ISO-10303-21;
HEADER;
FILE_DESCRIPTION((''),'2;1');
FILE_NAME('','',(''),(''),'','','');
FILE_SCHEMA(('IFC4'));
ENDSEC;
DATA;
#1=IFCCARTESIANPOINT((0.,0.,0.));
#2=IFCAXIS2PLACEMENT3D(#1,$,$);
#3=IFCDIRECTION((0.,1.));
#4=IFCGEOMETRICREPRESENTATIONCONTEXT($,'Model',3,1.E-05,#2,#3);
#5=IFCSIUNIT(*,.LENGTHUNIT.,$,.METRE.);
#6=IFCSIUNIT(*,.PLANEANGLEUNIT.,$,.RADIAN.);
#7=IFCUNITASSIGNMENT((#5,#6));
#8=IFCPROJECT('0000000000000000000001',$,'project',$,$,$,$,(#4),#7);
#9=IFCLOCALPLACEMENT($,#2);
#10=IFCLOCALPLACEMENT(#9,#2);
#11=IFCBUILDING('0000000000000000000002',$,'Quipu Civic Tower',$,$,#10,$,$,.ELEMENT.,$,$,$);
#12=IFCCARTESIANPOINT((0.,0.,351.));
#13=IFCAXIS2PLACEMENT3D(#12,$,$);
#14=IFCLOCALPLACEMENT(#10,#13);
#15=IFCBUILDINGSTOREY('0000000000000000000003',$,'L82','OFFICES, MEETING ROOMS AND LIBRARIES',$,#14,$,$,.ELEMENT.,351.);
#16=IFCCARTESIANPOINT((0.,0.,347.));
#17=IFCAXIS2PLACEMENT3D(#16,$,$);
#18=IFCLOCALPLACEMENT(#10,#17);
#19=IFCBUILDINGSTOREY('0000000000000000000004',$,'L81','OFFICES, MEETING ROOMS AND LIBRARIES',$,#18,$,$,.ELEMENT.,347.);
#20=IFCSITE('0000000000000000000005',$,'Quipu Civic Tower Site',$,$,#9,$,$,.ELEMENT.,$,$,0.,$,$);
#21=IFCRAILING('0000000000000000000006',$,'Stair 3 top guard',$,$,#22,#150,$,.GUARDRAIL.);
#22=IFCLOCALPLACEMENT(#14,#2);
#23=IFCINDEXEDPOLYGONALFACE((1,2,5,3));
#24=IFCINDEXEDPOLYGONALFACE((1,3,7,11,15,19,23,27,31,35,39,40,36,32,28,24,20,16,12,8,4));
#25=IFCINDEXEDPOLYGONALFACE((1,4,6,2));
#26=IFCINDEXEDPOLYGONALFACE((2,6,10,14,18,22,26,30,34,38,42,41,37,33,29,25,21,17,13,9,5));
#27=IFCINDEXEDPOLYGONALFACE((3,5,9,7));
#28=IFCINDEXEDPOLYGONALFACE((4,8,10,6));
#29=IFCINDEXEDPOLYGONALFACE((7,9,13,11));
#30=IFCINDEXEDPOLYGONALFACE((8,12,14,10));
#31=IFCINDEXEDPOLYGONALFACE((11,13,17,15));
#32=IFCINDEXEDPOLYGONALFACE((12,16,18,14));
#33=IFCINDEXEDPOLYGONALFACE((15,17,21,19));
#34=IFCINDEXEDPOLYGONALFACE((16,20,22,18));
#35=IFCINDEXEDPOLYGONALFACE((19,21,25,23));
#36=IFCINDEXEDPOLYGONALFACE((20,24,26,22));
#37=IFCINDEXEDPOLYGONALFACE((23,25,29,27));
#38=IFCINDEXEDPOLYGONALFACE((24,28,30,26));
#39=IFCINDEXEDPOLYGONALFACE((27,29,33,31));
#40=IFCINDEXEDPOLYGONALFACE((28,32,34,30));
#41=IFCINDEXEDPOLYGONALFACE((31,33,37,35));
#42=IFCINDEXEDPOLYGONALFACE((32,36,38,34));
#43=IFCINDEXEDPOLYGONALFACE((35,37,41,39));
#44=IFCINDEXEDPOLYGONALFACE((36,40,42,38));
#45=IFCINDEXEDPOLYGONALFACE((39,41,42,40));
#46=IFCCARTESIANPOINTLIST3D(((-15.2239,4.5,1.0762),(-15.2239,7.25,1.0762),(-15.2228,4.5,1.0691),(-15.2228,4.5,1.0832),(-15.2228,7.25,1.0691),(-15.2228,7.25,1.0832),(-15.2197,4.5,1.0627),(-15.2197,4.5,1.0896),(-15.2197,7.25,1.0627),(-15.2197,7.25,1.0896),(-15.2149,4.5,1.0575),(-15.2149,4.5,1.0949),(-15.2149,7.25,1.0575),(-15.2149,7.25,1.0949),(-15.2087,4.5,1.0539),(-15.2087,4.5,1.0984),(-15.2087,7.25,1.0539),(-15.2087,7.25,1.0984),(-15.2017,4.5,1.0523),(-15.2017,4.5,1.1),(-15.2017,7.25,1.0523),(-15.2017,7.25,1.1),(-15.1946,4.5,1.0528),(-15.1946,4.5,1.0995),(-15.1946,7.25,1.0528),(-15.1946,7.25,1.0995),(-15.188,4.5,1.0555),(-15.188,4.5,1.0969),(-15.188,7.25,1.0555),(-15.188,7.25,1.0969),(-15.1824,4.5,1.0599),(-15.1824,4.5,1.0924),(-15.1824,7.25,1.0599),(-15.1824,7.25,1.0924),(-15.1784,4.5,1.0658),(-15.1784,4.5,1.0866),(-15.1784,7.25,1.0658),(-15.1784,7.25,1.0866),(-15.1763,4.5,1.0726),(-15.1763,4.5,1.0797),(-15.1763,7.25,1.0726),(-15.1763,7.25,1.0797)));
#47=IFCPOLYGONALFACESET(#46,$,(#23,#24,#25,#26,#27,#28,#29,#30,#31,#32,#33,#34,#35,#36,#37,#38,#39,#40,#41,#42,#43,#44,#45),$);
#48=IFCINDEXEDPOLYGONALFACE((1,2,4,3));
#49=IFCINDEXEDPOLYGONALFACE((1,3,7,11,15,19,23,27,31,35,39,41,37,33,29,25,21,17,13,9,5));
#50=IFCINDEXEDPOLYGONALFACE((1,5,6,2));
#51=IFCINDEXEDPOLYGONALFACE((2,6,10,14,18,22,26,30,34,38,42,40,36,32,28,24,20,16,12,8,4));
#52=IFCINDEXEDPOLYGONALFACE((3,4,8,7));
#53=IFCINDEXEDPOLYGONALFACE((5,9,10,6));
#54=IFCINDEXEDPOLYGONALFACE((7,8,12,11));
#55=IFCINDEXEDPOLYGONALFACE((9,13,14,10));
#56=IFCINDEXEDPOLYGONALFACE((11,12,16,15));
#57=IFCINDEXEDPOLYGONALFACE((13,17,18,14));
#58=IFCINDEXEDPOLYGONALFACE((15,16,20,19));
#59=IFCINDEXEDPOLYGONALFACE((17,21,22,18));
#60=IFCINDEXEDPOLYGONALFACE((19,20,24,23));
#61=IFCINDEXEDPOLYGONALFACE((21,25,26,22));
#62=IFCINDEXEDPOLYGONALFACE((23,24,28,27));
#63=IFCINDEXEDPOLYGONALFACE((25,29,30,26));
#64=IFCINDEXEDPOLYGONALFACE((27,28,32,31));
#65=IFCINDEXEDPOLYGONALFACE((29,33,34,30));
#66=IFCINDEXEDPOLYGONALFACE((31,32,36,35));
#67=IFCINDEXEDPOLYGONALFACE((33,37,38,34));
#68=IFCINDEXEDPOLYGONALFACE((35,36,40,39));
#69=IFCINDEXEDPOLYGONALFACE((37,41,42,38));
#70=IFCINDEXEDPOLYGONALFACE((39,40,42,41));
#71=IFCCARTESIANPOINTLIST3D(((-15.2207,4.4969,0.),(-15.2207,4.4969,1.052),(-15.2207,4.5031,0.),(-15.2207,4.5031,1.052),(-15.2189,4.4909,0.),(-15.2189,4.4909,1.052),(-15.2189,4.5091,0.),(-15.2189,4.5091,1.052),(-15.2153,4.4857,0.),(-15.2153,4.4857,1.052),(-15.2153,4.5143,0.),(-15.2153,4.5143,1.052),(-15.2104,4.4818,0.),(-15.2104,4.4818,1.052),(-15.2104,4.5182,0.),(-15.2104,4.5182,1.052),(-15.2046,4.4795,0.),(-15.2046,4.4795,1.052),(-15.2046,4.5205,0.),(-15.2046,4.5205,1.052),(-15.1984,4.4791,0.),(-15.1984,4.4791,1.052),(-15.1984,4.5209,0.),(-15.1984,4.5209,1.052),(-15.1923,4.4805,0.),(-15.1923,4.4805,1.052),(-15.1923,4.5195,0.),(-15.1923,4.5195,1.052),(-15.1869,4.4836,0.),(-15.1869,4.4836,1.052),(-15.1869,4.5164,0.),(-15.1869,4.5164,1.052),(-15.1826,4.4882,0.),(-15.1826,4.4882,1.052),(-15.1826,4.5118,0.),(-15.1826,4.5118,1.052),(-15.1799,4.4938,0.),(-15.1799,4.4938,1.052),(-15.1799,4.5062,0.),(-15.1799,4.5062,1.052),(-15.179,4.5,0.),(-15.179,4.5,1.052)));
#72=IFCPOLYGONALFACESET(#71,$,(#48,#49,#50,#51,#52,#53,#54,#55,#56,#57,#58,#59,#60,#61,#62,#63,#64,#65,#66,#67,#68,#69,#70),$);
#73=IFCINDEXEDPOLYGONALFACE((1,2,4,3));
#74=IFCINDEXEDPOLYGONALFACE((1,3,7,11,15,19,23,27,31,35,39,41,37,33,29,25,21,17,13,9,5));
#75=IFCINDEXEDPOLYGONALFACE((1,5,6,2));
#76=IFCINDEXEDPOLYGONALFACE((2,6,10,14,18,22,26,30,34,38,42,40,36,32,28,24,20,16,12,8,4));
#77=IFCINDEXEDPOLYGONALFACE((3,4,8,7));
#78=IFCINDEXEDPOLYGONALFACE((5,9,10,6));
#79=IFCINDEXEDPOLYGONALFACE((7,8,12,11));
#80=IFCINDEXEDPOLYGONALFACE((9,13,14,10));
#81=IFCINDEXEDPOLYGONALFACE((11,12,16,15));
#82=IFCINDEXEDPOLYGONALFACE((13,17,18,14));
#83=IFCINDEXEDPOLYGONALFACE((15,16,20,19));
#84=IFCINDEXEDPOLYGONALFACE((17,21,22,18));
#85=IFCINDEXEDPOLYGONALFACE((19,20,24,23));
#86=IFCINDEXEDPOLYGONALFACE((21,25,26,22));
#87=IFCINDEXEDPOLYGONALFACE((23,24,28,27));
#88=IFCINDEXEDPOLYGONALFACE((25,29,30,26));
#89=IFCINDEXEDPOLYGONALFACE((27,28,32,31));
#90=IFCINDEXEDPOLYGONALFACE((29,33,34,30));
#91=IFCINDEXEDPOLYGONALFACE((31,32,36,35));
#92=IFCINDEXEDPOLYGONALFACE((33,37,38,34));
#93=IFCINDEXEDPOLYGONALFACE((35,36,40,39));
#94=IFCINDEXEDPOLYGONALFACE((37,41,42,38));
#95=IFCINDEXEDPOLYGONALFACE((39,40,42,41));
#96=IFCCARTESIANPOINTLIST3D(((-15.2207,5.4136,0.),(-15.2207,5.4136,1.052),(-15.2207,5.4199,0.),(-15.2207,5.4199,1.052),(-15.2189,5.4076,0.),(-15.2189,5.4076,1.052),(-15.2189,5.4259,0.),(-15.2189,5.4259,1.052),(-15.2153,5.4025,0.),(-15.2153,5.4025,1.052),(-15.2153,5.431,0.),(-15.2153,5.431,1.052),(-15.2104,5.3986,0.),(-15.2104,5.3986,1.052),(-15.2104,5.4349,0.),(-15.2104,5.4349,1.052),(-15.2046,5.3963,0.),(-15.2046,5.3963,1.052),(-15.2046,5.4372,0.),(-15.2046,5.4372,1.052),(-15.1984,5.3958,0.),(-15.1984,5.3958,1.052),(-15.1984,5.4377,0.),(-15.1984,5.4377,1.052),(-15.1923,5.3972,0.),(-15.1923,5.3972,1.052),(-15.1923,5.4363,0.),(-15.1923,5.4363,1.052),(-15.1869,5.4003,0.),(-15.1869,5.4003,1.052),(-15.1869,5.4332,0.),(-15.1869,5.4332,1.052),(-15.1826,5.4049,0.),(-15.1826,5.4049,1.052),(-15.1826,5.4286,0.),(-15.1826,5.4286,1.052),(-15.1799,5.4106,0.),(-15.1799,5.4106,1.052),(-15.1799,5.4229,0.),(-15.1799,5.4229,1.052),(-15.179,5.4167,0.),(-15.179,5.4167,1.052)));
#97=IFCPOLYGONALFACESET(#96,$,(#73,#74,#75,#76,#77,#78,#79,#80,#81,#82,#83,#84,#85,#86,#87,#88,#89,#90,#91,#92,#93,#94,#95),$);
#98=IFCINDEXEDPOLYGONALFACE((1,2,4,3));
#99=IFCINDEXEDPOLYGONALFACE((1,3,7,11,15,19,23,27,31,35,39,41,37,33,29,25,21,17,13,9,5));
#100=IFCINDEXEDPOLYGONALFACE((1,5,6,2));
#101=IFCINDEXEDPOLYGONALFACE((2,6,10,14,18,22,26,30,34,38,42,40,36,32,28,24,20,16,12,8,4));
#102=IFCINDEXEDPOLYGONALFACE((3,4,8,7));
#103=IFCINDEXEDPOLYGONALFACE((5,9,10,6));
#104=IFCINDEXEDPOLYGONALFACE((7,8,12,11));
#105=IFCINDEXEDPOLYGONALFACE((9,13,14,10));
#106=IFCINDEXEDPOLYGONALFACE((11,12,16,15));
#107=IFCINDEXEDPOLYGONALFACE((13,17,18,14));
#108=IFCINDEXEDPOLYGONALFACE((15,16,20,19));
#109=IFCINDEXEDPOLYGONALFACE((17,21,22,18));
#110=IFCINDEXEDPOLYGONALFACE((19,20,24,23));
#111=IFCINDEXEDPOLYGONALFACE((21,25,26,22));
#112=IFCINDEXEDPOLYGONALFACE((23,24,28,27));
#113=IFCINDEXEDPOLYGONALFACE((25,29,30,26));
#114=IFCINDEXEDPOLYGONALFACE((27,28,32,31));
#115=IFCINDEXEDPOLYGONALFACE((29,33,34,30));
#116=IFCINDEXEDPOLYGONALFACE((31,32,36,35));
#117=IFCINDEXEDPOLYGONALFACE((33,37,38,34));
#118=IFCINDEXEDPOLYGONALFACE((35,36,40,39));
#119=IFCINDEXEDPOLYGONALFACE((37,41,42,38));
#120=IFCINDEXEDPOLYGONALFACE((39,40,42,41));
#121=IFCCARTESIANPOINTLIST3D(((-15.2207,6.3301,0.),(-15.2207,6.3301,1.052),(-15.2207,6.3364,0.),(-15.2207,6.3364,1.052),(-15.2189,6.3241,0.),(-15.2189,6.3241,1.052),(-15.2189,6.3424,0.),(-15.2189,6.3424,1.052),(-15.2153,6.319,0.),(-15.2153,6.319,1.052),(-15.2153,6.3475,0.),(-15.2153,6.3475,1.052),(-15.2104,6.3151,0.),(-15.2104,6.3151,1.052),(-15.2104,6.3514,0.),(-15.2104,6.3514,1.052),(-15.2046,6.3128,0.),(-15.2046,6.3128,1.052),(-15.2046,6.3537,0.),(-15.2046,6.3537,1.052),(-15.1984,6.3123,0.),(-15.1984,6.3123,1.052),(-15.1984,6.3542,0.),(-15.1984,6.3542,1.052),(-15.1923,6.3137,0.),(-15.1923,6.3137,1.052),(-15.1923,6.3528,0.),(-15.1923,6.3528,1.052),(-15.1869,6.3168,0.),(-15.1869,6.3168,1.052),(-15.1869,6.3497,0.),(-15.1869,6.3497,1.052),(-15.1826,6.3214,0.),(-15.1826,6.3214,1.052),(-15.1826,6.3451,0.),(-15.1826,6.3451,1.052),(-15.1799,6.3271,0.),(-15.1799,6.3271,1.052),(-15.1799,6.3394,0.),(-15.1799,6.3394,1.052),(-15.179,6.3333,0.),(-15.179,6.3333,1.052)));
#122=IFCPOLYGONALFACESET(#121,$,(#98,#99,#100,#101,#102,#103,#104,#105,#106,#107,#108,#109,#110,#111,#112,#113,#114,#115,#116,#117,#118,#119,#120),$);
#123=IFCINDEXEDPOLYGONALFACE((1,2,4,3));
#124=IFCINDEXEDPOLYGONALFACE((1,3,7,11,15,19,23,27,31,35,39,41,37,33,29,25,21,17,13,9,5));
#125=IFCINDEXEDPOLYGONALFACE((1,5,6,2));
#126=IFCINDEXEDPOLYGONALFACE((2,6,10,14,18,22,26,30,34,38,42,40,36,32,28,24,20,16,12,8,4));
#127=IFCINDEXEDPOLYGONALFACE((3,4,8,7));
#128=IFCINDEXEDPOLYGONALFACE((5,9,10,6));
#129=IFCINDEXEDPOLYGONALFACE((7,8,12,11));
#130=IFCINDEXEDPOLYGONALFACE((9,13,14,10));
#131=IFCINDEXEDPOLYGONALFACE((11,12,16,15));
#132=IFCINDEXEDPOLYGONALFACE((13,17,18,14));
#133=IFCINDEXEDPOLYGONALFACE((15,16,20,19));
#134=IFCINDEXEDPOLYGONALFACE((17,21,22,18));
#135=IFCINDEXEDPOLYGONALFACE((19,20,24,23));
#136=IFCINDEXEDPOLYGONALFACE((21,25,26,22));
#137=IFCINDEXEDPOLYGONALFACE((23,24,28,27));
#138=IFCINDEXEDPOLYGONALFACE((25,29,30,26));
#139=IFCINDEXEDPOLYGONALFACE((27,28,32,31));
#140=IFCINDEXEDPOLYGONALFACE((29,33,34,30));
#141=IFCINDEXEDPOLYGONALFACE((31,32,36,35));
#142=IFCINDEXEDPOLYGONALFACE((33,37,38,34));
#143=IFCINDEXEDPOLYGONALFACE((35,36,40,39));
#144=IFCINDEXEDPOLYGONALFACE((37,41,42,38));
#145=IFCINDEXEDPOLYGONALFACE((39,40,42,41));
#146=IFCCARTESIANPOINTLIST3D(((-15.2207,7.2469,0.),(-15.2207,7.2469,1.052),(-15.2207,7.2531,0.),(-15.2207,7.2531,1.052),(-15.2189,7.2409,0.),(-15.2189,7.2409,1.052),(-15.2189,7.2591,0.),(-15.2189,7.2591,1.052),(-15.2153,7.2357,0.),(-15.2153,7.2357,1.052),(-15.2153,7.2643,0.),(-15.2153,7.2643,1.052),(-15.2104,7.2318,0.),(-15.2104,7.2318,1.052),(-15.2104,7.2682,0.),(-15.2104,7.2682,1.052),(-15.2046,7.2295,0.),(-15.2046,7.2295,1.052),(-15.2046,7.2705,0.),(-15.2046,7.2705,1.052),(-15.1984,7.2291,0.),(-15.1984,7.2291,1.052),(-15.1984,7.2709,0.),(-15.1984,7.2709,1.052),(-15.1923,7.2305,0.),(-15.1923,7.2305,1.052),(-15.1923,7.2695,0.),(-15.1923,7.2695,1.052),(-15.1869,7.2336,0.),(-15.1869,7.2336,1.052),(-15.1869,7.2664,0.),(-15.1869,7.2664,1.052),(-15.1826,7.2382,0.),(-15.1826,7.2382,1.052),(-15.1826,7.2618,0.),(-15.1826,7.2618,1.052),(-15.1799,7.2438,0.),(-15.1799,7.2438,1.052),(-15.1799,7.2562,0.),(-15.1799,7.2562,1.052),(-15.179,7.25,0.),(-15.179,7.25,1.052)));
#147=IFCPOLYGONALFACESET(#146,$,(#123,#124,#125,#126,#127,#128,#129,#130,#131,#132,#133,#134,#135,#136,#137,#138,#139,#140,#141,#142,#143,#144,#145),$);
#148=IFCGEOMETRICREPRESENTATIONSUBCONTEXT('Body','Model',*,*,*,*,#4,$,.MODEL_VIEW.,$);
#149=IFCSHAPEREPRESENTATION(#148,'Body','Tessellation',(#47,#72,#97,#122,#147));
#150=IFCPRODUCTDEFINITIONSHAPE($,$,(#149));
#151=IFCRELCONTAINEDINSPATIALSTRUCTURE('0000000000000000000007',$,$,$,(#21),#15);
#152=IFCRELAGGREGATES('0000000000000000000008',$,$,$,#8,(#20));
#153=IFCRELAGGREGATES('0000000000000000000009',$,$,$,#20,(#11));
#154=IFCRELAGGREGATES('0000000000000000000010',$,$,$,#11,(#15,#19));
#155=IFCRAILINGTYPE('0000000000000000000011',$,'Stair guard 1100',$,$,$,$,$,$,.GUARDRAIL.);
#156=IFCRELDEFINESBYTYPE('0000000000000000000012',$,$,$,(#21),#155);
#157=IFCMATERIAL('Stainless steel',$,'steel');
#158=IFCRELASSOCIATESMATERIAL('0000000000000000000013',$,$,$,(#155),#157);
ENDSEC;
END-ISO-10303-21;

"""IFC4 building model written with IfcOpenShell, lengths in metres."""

from ifc_helpers import new_model, si_unit, direction, frame, origin, origin_2d, place, context, subcontext, project, spatial, circle, extrude, material, type_object, element, save


model = new_model("IFC4")

# Units and contexts
model_context = context("Model", 3, precision=1e-05, world=origin(), true_north=direction((0.0, 1.0)))
body_context = subcontext(model_context, "Body", "Model", "MODEL_VIEW")
ifc_project = project(units=[si_unit("LENGTHUNIT", "METRE"), si_unit("PLANEANGLEUNIT", "RADIAN")], contexts=[model_context])

# Site, building, storey
site_placement = place(None, origin())
site = spatial("IfcSite", under=ifc_project, at=site_placement, Name="Quipu Civic Tower Site", CompositionType="ELEMENT", RefElevation=0.0)
building_placement = place(site_placement, origin())
building = spatial("IfcBuilding", under=site, at=building_placement, Name="Quipu Civic Tower", CompositionType="ELEMENT")
storey_1_placement = place(building_placement, frame((0.0, 0.0, 351.0)))
storey_1 = spatial("IfcBuildingStorey", under=building, at=storey_1_placement, Name="L82", Description="OFFICES, MEETING ROOMS AND LIBRARIES", CompositionType="ELEMENT", Elevation=351.0)

# Shared definitions
storey_2_placement = place(building_placement, frame((0.0, 0.0, 347.0)))
storey_2 = spatial("IfcBuildingStorey", under=building, at=storey_2_placement, Name="L81", Description="OFFICES, MEETING ROOMS AND LIBRARIES", CompositionType="ELEMENT", Elevation=347.0)

# Railing
ifc_material_1 = material(Name="Stainless steel", Category="steel")
railing_type = type_object("IfcRailingType", Name="Stair guard 1100", PredefinedType="GUARDRAIL", material=ifc_material_1)
railing_placement = place(storey_1_placement, frame((-15.2, 4.5, 0.0)))
element("IfcRailing", 1, at=railing_placement, inside=storey_1, type_object=railing_type, Name="Stair 3 top guard", PredefinedType="GUARDRAIL", context=body_context, shape_type="SweptSolid", body=[
    extrude(circle(Radius=0.0239, at=origin_2d()), frame((0.0, 0.0, 1.0762), z_axis=(0.0, 1.0, 0.0), x_axis=(-1.0, 0.0, 0.0)), (0.0, 0.0, 1.0), 2.75),
    extrude(circle(Radius=0.021, at=origin_2d()), origin(), (0.0, 0.0, 1.0), 1.052),
    extrude(circle(Radius=0.021, at=origin_2d()), frame((0.0, 0.9167, 0.0)), (0.0, 0.0, 1.0), 1.052),
    extrude(circle(Radius=0.021, at=origin_2d()), frame((0.0, 1.8333, 0.0)), (0.0, 0.0, 1.0), 1.052),
    extrude(circle(Radius=0.021, at=origin_2d()), frame((0.0, 2.75, 0.0)), (0.0, 0.0, 1.0), 1.052),
])

save(model, "model.ifc")
